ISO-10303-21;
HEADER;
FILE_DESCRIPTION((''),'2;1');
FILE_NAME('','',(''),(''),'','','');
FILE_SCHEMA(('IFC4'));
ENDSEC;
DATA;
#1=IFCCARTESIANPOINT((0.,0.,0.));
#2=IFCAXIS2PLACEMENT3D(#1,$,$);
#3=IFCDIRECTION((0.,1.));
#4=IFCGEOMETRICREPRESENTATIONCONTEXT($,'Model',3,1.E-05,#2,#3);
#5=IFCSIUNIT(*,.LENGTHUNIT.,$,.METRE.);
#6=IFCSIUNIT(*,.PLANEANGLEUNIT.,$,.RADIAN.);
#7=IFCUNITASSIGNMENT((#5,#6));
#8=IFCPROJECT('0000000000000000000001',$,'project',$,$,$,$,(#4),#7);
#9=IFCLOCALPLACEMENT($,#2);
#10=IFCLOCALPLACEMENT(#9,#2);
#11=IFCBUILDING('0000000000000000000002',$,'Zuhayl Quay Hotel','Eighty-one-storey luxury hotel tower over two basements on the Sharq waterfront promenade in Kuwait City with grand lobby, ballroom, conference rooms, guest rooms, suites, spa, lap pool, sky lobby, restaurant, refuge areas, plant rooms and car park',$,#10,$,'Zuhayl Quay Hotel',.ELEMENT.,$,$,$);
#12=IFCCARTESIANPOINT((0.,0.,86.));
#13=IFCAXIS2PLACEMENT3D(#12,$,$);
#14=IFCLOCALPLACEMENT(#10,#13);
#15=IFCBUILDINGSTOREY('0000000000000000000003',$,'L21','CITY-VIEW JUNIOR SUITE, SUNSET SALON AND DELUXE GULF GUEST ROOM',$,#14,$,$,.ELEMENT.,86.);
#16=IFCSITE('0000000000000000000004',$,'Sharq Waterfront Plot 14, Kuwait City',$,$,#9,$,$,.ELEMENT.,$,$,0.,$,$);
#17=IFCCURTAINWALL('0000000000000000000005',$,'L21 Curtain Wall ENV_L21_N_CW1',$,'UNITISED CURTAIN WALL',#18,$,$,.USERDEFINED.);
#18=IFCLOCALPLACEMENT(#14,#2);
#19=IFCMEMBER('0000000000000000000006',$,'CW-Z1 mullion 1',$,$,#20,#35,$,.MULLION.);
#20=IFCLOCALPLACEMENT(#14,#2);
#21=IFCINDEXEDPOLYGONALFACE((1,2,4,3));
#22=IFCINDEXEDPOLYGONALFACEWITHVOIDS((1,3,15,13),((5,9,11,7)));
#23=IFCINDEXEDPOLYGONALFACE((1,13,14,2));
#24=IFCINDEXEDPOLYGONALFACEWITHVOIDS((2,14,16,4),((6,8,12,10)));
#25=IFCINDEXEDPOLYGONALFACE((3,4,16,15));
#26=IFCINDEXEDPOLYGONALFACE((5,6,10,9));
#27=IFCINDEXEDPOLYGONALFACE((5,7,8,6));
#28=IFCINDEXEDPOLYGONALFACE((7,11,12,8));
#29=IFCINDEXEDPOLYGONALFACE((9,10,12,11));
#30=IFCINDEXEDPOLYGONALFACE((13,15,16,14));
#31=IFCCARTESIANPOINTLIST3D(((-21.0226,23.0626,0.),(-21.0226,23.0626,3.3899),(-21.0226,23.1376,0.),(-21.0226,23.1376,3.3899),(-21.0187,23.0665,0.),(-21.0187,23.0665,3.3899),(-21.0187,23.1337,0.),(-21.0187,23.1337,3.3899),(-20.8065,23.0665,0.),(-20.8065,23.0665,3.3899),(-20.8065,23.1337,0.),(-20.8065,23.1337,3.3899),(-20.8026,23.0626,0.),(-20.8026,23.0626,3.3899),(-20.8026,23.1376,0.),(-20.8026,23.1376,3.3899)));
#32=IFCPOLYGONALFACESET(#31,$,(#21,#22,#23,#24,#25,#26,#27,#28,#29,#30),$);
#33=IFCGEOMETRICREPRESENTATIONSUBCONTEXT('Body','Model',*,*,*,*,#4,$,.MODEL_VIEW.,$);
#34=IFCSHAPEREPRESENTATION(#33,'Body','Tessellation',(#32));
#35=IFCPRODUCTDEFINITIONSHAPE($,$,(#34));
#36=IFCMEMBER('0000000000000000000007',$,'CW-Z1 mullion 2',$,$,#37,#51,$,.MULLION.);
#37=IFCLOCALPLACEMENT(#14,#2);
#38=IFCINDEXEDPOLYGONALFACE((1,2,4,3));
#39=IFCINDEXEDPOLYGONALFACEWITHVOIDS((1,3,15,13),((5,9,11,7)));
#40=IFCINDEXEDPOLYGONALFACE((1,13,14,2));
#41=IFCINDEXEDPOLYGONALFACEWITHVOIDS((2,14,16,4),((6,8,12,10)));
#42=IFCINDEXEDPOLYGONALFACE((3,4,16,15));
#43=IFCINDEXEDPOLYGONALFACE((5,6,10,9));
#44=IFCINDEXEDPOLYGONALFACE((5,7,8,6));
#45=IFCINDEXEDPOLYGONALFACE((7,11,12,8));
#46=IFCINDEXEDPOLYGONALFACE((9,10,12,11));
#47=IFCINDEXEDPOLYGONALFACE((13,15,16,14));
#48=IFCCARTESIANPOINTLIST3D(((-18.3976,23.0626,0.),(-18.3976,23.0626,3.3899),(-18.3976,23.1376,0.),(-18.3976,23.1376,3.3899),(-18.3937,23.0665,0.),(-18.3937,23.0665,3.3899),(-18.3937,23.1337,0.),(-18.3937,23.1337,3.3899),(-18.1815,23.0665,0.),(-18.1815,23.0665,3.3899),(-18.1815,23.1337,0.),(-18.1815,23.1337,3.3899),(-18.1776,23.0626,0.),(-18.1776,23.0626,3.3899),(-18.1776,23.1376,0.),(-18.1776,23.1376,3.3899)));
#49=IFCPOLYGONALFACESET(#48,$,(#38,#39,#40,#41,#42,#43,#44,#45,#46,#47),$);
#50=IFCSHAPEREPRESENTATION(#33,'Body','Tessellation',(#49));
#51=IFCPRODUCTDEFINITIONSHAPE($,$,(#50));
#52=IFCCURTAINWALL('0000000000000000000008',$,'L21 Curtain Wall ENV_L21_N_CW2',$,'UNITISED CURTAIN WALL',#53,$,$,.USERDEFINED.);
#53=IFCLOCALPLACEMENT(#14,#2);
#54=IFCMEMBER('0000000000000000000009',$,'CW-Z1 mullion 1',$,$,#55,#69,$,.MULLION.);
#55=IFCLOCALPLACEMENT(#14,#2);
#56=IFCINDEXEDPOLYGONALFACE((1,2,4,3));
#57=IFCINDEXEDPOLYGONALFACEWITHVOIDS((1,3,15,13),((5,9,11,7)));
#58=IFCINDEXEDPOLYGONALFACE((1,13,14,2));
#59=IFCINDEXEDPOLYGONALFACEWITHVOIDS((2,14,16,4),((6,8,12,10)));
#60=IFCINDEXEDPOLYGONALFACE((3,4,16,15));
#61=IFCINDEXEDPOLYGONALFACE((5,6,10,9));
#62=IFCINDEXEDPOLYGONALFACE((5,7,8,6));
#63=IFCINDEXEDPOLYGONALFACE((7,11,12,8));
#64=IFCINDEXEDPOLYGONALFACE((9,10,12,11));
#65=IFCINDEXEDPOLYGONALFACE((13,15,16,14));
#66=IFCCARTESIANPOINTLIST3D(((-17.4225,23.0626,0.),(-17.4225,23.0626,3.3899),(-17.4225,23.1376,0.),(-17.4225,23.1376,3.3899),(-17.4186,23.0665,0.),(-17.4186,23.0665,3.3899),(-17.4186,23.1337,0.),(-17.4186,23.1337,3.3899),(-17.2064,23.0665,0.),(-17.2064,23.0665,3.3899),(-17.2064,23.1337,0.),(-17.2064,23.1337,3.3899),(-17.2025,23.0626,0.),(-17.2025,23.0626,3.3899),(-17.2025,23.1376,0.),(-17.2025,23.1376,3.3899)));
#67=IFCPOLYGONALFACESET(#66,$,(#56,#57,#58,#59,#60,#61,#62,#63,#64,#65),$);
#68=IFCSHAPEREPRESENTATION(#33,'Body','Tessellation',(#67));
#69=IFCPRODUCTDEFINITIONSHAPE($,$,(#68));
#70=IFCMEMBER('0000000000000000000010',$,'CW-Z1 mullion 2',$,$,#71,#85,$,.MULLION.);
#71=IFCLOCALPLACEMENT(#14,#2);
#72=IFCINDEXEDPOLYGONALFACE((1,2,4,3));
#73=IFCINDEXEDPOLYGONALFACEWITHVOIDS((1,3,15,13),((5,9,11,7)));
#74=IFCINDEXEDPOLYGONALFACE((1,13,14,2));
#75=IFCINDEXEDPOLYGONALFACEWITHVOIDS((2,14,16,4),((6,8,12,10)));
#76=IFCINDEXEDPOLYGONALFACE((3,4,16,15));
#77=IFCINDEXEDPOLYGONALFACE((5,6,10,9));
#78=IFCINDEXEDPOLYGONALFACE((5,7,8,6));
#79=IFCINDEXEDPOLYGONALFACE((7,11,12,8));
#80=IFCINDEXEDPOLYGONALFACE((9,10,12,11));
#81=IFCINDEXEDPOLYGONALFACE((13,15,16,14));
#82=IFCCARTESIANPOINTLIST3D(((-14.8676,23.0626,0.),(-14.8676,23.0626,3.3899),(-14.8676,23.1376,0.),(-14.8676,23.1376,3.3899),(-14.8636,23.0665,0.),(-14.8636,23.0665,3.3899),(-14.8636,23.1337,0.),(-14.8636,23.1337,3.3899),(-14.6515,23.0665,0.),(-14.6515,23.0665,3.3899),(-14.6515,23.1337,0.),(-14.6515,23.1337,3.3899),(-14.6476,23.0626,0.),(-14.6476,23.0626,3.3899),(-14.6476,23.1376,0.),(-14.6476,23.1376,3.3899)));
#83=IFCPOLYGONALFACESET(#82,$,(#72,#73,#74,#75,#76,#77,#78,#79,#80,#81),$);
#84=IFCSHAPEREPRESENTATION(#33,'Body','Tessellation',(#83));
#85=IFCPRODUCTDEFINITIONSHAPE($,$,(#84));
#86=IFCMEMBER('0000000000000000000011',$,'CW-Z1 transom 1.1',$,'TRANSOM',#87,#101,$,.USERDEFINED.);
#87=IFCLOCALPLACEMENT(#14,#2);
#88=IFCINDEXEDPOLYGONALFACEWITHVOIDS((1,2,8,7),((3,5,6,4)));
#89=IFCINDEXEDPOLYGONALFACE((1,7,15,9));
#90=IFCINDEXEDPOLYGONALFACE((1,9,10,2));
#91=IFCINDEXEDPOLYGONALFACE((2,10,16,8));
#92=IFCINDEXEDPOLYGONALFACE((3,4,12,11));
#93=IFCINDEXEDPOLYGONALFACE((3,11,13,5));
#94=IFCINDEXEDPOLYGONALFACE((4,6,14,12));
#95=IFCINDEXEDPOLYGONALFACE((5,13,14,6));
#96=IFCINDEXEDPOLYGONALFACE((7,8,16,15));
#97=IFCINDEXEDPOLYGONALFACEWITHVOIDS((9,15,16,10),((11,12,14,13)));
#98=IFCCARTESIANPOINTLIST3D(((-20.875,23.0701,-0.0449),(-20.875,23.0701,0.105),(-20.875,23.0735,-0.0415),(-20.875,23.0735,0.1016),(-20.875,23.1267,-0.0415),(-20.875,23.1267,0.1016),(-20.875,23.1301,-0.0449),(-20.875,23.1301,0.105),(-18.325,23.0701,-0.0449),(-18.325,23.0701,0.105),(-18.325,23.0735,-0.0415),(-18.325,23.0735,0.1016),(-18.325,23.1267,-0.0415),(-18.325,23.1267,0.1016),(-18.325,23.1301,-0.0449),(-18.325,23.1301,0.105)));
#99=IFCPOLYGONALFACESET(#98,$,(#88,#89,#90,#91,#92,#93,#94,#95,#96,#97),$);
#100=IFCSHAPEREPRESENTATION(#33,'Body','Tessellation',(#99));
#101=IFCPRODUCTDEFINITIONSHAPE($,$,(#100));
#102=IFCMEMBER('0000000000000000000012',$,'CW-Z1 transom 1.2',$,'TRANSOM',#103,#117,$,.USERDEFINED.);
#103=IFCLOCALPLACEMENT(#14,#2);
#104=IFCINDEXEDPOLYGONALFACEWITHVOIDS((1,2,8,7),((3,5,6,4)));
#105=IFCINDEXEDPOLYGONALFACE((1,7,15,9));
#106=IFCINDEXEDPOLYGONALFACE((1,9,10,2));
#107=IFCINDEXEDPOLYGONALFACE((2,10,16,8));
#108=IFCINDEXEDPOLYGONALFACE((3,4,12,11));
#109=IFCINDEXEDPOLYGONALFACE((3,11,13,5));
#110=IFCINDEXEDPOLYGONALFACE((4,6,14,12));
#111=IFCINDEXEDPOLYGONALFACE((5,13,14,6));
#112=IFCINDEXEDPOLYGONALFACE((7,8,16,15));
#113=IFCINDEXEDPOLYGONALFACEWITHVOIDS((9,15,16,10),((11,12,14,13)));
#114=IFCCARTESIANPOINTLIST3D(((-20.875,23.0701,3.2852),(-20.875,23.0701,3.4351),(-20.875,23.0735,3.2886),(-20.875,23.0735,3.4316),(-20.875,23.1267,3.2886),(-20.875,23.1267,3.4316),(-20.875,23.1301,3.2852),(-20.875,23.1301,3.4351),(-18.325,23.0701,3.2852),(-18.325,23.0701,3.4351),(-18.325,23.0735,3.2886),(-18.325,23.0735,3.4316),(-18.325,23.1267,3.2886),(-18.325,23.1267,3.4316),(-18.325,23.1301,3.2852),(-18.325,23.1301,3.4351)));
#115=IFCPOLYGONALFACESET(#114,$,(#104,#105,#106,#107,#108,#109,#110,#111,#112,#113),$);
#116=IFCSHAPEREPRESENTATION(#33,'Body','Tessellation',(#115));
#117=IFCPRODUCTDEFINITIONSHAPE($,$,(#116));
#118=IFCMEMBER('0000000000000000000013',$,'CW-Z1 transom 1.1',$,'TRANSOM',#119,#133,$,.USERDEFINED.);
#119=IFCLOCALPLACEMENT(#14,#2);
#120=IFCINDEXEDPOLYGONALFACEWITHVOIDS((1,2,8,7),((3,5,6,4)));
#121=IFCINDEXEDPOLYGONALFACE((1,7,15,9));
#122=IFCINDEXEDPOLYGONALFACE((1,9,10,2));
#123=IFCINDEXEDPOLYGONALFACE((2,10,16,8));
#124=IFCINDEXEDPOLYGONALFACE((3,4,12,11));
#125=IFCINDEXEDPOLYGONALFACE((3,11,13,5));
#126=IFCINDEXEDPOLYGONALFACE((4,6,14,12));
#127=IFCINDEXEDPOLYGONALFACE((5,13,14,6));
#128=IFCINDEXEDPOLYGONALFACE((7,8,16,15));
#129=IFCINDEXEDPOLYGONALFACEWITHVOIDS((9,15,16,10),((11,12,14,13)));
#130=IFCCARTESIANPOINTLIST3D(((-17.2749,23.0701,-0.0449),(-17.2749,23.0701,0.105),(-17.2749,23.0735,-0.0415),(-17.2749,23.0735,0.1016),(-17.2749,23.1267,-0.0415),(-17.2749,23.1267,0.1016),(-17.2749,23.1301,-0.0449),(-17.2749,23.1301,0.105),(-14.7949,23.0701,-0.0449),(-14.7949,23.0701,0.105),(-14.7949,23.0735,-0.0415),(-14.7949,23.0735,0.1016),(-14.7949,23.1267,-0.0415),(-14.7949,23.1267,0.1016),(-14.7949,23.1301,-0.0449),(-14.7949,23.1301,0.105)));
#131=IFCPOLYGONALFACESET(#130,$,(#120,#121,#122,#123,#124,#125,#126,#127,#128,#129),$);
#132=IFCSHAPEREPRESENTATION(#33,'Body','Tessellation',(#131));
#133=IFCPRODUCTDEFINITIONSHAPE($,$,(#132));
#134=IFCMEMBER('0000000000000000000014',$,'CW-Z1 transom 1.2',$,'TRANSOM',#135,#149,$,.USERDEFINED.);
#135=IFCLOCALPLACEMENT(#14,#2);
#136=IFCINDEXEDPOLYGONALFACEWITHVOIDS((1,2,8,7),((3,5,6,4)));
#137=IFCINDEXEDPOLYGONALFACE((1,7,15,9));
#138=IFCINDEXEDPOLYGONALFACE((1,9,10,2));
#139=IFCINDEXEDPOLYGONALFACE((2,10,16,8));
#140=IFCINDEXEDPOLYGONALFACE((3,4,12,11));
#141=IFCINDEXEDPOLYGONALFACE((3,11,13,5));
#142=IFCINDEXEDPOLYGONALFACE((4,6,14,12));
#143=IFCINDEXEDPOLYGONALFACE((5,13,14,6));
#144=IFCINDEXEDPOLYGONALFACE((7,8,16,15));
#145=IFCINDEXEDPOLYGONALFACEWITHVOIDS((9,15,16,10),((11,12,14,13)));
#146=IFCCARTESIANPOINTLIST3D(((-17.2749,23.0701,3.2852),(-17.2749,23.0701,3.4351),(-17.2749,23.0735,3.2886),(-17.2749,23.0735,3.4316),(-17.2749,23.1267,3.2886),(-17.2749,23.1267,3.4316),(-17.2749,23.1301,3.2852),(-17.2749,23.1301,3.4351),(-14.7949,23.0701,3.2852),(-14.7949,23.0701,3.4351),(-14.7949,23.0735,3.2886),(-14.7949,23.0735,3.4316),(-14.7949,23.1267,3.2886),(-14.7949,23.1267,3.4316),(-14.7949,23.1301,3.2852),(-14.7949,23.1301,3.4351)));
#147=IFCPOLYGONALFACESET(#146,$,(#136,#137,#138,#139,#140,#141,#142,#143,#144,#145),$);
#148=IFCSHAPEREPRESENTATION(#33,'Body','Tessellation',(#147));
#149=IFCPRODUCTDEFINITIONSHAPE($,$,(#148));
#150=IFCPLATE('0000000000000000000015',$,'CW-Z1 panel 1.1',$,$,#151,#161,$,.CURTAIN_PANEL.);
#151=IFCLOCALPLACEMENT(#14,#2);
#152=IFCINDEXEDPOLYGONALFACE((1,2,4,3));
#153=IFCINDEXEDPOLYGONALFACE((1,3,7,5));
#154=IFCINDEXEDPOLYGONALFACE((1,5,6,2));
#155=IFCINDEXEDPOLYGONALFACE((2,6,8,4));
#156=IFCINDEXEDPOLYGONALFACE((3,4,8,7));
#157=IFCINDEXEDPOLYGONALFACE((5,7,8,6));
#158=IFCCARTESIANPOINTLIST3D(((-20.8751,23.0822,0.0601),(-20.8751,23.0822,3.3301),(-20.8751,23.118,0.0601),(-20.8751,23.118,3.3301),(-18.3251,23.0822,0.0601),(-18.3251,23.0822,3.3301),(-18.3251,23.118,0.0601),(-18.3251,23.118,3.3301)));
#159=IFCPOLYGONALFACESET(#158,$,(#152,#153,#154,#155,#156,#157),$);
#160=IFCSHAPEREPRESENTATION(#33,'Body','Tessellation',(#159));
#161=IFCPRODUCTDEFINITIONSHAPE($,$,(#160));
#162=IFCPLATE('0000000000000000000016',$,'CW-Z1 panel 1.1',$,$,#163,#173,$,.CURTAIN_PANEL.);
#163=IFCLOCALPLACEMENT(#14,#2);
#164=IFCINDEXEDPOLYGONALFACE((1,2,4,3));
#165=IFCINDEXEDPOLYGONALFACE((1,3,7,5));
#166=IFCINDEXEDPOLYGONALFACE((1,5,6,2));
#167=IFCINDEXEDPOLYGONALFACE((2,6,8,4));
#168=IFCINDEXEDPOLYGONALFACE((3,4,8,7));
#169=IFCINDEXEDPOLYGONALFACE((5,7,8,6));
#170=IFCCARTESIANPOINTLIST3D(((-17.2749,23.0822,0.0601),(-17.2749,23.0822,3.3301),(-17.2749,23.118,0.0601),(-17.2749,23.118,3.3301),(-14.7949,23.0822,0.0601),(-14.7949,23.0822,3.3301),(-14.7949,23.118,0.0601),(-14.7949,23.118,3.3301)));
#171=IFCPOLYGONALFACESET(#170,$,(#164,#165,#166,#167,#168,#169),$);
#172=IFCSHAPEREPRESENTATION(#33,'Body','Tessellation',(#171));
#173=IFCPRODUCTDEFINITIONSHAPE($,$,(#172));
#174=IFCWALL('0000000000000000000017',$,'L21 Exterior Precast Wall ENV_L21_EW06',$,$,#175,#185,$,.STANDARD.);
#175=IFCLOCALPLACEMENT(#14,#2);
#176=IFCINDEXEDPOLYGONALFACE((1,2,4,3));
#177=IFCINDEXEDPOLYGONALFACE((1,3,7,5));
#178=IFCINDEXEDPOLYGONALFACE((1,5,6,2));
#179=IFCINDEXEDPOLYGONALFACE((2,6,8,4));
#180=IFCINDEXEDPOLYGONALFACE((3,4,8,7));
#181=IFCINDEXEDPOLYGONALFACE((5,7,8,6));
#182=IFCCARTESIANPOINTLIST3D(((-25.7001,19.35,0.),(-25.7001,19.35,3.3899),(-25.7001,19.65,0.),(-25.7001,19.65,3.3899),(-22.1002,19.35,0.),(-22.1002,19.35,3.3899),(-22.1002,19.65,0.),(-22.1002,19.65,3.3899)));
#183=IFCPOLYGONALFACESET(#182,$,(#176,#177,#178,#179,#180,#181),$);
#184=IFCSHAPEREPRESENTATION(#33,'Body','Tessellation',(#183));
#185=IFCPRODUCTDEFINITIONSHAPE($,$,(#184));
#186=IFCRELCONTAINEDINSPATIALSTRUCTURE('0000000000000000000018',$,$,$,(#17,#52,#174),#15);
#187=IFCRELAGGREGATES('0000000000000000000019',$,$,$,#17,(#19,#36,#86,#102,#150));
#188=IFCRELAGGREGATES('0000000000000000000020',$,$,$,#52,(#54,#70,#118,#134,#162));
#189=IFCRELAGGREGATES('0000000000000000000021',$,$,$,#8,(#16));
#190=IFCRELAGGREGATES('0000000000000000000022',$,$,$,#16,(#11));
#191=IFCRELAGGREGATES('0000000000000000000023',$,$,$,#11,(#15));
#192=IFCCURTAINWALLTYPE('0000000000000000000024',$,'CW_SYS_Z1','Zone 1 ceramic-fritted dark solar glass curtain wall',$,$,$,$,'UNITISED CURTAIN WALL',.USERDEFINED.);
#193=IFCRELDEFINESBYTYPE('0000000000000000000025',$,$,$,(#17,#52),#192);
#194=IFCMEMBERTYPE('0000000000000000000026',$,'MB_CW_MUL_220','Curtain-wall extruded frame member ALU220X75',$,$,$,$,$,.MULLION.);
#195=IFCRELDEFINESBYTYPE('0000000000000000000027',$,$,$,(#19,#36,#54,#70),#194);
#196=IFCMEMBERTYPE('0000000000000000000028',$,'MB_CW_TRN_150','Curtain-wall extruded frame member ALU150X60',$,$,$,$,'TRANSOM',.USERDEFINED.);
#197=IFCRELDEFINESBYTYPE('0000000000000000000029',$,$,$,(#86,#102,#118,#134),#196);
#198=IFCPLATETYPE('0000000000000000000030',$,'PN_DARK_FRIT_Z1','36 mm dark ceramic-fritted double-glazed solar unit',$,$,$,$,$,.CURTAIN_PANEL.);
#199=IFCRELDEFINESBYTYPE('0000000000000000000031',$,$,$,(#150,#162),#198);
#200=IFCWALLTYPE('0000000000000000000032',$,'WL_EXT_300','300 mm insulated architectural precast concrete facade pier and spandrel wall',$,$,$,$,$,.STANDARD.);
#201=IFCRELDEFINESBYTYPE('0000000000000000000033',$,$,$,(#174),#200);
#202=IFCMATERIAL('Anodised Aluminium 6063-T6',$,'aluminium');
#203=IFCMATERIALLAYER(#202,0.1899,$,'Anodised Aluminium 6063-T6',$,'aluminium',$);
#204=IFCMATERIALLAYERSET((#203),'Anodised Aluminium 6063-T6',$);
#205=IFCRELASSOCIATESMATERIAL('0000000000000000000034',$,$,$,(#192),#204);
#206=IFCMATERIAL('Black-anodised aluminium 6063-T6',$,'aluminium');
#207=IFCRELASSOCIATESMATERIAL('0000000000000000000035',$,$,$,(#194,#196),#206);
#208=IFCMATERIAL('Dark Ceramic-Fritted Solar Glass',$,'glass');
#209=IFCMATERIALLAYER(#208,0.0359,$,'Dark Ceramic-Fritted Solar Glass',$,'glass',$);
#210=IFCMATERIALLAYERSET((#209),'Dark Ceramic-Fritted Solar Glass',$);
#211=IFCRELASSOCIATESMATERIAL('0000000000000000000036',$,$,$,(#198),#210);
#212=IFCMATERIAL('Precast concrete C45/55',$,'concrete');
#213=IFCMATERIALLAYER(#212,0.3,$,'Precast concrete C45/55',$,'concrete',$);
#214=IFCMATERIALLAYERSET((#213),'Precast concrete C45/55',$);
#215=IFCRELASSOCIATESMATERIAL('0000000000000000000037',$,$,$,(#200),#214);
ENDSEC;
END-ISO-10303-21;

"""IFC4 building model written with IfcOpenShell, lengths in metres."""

from ifc_helpers import new_model, si_unit, direction, frame, frame_2d, origin, origin_2d, place, context, subcontext, project, spatial, rectangle, hollow_rectangle, extrude, material, layer, layer_set, material_profile, profile_set, type_object, element, aggregate, save


model = new_model("IFC4")

# Units and contexts
model_context = context("Model", 3, precision=1e-05, world=origin(), true_north=direction((0.0, 1.0)))
body_context = subcontext(model_context, "Body", "Model", "MODEL_VIEW")
ifc_project = project(units=[si_unit("LENGTHUNIT", "METRE"), si_unit("PLANEANGLEUNIT", "RADIAN")], contexts=[model_context])

# Site, building, storey
site_placement = place(None, origin())
site = spatial("IfcSite", under=ifc_project, at=site_placement, Name="Sharq Waterfront Plot 14, Kuwait City", CompositionType="ELEMENT", RefElevation=0.0)
building_placement = place(site_placement, origin())
building = spatial("IfcBuilding", under=site, at=building_placement, Name="Zuhayl Quay Hotel", Description="Eighty-one-storey luxury hotel tower over two basements on the Sharq waterfront promenade in Kuwait City with grand lobby, ballroom, conference rooms, guest rooms, suites, spa, lap pool, sky lobby, restaurant, refuge areas, plant rooms and car park", LongName="Zuhayl Quay Hotel", CompositionType="ELEMENT")
storey_placement = place(building_placement, frame((0.0, 0.0, 86.0)))
storey = spatial("IfcBuildingStorey", under=building, at=storey_placement, Name="L21", Description="CITY-VIEW JUNIOR SUITE, SUNSET SALON AND DELUXE GULF GUEST ROOM", CompositionType="ELEMENT", Elevation=86.0)

# Curtain walls, members
ifc_material_1 = material(Name="Anodised Aluminium 6063-T6", Category="aluminium")
ifc_layer_1 = layer(ifc_material_1, 0.1899, Name="Anodised Aluminium 6063-T6", Category="aluminium")
ifc_layer_set_1 = layer_set([ifc_layer_1], Name="Anodised Aluminium 6063-T6")
curtain_wall_type = type_object("IfcCurtainWallType", Name="CW_SYS_Z1", Description="Zone 1 ceramic-fritted dark solar glass curtain wall", ElementType="UNITISED CURTAIN WALL", PredefinedType="USERDEFINED", material=ifc_layer_set_1)
curtain_wall_1_placement = place(storey_placement, origin())
curtain_wall_1 = element("IfcCurtainWall", 1, at=curtain_wall_1_placement, inside=storey, type_object=curtain_wall_type, Name="L21 Curtain Wall ENV_L21_N_CW1", ObjectType="UNITISED CURTAIN WALL", PredefinedType="USERDEFINED")
ifc_material_2 = material(Name="Black-anodised aluminium 6063-T6", Category="aluminium")
ifc_material_profile_1 = material_profile(ifc_material_2, hollow_rectangle(XDim=0.075, YDim=0.22, WallThickness=0.0039, at=origin_2d()), Name="ALU220X75")
ifc_profile_set_1 = profile_set([ifc_material_profile_1], Name="Black-anodised aluminium 6063-T6")
member_type_1 = type_object("IfcMemberType", Name="MB_CW_MUL_220", Description="Curtain-wall extruded frame member ALU220X75", PredefinedType="MULLION", material=ifc_profile_set_1)
member_1_placement = place(storey_placement, frame((-20.9126, 23.1001, 0.0), z_axis=(0.0, 0.0, 1.0), x_axis=(0.0, 1.0, 0.0)))
member_1 = element("IfcMember", 2, at=member_1_placement, type_object=member_type_1, Name="CW-Z1 mullion 1", PredefinedType="MULLION", context=body_context, shape_type="SweptSolid", body=[
    extrude(hollow_rectangle(XDim=0.075, YDim=0.22, WallThickness=0.0039, at=origin_2d()), origin(), (0.0, 0.0, 1.0), 3.3899),
])
member_2_placement = place(storey_placement, frame((-18.2876, 23.1001, 0.0), z_axis=(0.0, 0.0, 1.0), x_axis=(0.0, 1.0, 0.0)))
member_2 = element("IfcMember", 3, at=member_2_placement, type_object=member_type_1, Name="CW-Z1 mullion 2", PredefinedType="MULLION", context=body_context, shape_type="SweptSolid", body=[
    extrude(hollow_rectangle(XDim=0.075, YDim=0.22, WallThickness=0.0039, at=origin_2d()), origin(), (0.0, 0.0, 1.0), 3.3899),
])
curtain_wall_2_placement = place(storey_placement, origin())
curtain_wall_2 = element("IfcCurtainWall", 4, at=curtain_wall_2_placement, inside=storey, type_object=curtain_wall_type, Name="L21 Curtain Wall ENV_L21_N_CW2", ObjectType="UNITISED CURTAIN WALL", PredefinedType="USERDEFINED")
member_3_placement = place(storey_placement, frame((-17.3125, 23.1001, 0.0), z_axis=(0.0, 0.0, 1.0), x_axis=(0.0, 1.0, 0.0)))
member_3 = element("IfcMember", 5, at=member_3_placement, type_object=member_type_1, Name="CW-Z1 mullion 1", PredefinedType="MULLION", context=body_context, shape_type="SweptSolid", body=[
    extrude(hollow_rectangle(XDim=0.075, YDim=0.22, WallThickness=0.0039, at=origin_2d()), origin(), (0.0, 0.0, 1.0), 3.3899),
])
member_4_placement = place(storey_placement, frame((-14.7576, 23.1001, 0.0), z_axis=(0.0, 0.0, 1.0), x_axis=(0.0, 1.0, 0.0)))
member_4 = element("IfcMember", 6, at=member_4_placement, type_object=member_type_1, Name="CW-Z1 mullion 2", PredefinedType="MULLION", context=body_context, shape_type="SweptSolid", body=[
    extrude(hollow_rectangle(XDim=0.075, YDim=0.22, WallThickness=0.0039, at=origin_2d()), origin(), (0.0, 0.0, 1.0), 3.3899),
])

# Members
ifc_material_profile_2 = material_profile(ifc_material_2, hollow_rectangle(XDim=0.0601, YDim=0.1499, WallThickness=0.0034, at=origin_2d()), Name="ALU150X60")
ifc_profile_set_2 = profile_set([ifc_material_profile_2], Name="Black-anodised aluminium 6063-T6")
member_type_2 = type_object("IfcMemberType", Name="MB_CW_TRN_150", Description="Curtain-wall extruded frame member ALU150X60", ElementType="TRANSOM", PredefinedType="USERDEFINED", material=ifc_profile_set_2)
member_5_placement = place(storey_placement, frame((-20.875, 23.1001, 0.03), z_axis=(1.0, 0.0, 0.0), x_axis=(0.0, 1.0, 0.0)))
member_5 = element("IfcMember", 7, at=member_5_placement, type_object=member_type_2, Name="CW-Z1 transom 1.1", ObjectType="TRANSOM", PredefinedType="USERDEFINED", context=body_context, shape_type="SweptSolid", body=[
    extrude(hollow_rectangle(XDim=0.0601, YDim=0.1499, WallThickness=0.0034, at=origin_2d()), origin(), (0.0, 0.0, 1.0), 2.55),
])
member_6_placement = place(storey_placement, frame((-20.875, 23.1001, 3.3601), z_axis=(1.0, 0.0, 0.0), x_axis=(0.0, 1.0, 0.0)))
member_6 = element("IfcMember", 8, at=member_6_placement, type_object=member_type_2, Name="CW-Z1 transom 1.2", ObjectType="TRANSOM", PredefinedType="USERDEFINED", context=body_context, shape_type="SweptSolid", body=[
    extrude(hollow_rectangle(XDim=0.0601, YDim=0.1499, WallThickness=0.0034, at=origin_2d()), origin(), (0.0, 0.0, 1.0), 2.55),
])
member_7_placement = place(storey_placement, frame((-17.2749, 23.1001, 0.03), z_axis=(1.0, 0.0, 0.0), x_axis=(0.0, 1.0, 0.0)))
member_7 = element("IfcMember", 9, at=member_7_placement, type_object=member_type_2, Name="CW-Z1 transom 1.1", ObjectType="TRANSOM", PredefinedType="USERDEFINED", context=body_context, shape_type="SweptSolid", body=[
    extrude(hollow_rectangle(XDim=0.0601, YDim=0.1499, WallThickness=0.0034, at=origin_2d()), origin(), (0.0, 0.0, 1.0), 2.48),
])
member_8_placement = place(storey_placement, frame((-17.2749, 23.1001, 3.3601), z_axis=(1.0, 0.0, 0.0), x_axis=(0.0, 1.0, 0.0)))
member_8 = element("IfcMember", 10, at=member_8_placement, type_object=member_type_2, Name="CW-Z1 transom 1.2", ObjectType="TRANSOM", PredefinedType="USERDEFINED", context=body_context, shape_type="SweptSolid", body=[
    extrude(hollow_rectangle(XDim=0.0601, YDim=0.1499, WallThickness=0.0034, at=origin_2d()), origin(), (0.0, 0.0, 1.0), 2.48),
])

# Plates
ifc_material_3 = material(Name="Dark Ceramic-Fritted Solar Glass", Category="glass")
ifc_layer_2 = layer(ifc_material_3, 0.0359, Name="Dark Ceramic-Fritted Solar Glass", Category="glass")
ifc_layer_set_2 = layer_set([ifc_layer_2], Name="Dark Ceramic-Fritted Solar Glass")
plate_type = type_object("IfcPlateType", Name="PN_DARK_FRIT_Z1", Description="36 mm dark ceramic-fritted double-glazed solar unit", PredefinedType="CURTAIN_PANEL", material=ifc_layer_set_2)
plate_1_placement = place(storey_placement, frame((-19.6001, 23.1001, 0.0601), z_axis=(0.0, 0.0, 1.0), x_axis=(1.0, 0.0, 0.0)))
plate_1 = element("IfcPlate", 11, at=plate_1_placement, type_object=plate_type, Name="CW-Z1 panel 1.1", PredefinedType="CURTAIN_PANEL", context=body_context, shape_type="SweptSolid", body=[
    extrude(rectangle(XDim=2.55, YDim=0.0359, at=origin_2d()), origin(), (0.0, 0.0, 1.0), 3.27),
])
aggregate(curtain_wall_1, [member_1, member_2, member_5, member_6, plate_1])
plate_2_placement = place(storey_placement, frame((-16.0349, 23.1001, 0.0601), z_axis=(0.0, 0.0, 1.0), x_axis=(1.0, 0.0, 0.0)))
plate_2 = element("IfcPlate", 12, at=plate_2_placement, type_object=plate_type, Name="CW-Z1 panel 1.1", PredefinedType="CURTAIN_PANEL", context=body_context, shape_type="SweptSolid", body=[
    extrude(rectangle(XDim=2.48, YDim=0.0359, at=origin_2d()), origin(), (0.0, 0.0, 1.0), 3.27),
])
aggregate(curtain_wall_2, [member_3, member_4, member_7, member_8, plate_2])

# Wall
ifc_material_4 = material(Name="Precast concrete C45/55", Category="concrete")
ifc_layer_3 = layer(ifc_material_4, 0.3, Name="Precast concrete C45/55", Category="concrete")
ifc_layer_set_3 = layer_set([ifc_layer_3], Name="Precast concrete C45/55")
wall_type_1 = type_object("IfcWallType", Name="WL_EXT_300", Description="300 mm insulated architectural precast concrete facade pier and spandrel wall", PredefinedType="STANDARD", material=ifc_layer_set_3)
wall_1_placement = place(storey_placement, frame((-25.7, 19.5, 0.0), z_axis=(0.0, 0.0, 1.0), x_axis=(1.0, 0.0, 0.0)))
element("IfcWall", 13, at=wall_1_placement, inside=storey, type_object=wall_type_1, Name="L21 Exterior Precast Wall ENV_L21_EW06", PredefinedType="STANDARD", context=body_context, shape_type="SweptSolid", body=[
    extrude(rectangle(XDim=3.5999, YDim=0.3, at=frame_2d((1.7998, 0.0))), origin(), (0.0, 0.0, 1.0), 3.3899),
])

save(model, "model.ifc")
